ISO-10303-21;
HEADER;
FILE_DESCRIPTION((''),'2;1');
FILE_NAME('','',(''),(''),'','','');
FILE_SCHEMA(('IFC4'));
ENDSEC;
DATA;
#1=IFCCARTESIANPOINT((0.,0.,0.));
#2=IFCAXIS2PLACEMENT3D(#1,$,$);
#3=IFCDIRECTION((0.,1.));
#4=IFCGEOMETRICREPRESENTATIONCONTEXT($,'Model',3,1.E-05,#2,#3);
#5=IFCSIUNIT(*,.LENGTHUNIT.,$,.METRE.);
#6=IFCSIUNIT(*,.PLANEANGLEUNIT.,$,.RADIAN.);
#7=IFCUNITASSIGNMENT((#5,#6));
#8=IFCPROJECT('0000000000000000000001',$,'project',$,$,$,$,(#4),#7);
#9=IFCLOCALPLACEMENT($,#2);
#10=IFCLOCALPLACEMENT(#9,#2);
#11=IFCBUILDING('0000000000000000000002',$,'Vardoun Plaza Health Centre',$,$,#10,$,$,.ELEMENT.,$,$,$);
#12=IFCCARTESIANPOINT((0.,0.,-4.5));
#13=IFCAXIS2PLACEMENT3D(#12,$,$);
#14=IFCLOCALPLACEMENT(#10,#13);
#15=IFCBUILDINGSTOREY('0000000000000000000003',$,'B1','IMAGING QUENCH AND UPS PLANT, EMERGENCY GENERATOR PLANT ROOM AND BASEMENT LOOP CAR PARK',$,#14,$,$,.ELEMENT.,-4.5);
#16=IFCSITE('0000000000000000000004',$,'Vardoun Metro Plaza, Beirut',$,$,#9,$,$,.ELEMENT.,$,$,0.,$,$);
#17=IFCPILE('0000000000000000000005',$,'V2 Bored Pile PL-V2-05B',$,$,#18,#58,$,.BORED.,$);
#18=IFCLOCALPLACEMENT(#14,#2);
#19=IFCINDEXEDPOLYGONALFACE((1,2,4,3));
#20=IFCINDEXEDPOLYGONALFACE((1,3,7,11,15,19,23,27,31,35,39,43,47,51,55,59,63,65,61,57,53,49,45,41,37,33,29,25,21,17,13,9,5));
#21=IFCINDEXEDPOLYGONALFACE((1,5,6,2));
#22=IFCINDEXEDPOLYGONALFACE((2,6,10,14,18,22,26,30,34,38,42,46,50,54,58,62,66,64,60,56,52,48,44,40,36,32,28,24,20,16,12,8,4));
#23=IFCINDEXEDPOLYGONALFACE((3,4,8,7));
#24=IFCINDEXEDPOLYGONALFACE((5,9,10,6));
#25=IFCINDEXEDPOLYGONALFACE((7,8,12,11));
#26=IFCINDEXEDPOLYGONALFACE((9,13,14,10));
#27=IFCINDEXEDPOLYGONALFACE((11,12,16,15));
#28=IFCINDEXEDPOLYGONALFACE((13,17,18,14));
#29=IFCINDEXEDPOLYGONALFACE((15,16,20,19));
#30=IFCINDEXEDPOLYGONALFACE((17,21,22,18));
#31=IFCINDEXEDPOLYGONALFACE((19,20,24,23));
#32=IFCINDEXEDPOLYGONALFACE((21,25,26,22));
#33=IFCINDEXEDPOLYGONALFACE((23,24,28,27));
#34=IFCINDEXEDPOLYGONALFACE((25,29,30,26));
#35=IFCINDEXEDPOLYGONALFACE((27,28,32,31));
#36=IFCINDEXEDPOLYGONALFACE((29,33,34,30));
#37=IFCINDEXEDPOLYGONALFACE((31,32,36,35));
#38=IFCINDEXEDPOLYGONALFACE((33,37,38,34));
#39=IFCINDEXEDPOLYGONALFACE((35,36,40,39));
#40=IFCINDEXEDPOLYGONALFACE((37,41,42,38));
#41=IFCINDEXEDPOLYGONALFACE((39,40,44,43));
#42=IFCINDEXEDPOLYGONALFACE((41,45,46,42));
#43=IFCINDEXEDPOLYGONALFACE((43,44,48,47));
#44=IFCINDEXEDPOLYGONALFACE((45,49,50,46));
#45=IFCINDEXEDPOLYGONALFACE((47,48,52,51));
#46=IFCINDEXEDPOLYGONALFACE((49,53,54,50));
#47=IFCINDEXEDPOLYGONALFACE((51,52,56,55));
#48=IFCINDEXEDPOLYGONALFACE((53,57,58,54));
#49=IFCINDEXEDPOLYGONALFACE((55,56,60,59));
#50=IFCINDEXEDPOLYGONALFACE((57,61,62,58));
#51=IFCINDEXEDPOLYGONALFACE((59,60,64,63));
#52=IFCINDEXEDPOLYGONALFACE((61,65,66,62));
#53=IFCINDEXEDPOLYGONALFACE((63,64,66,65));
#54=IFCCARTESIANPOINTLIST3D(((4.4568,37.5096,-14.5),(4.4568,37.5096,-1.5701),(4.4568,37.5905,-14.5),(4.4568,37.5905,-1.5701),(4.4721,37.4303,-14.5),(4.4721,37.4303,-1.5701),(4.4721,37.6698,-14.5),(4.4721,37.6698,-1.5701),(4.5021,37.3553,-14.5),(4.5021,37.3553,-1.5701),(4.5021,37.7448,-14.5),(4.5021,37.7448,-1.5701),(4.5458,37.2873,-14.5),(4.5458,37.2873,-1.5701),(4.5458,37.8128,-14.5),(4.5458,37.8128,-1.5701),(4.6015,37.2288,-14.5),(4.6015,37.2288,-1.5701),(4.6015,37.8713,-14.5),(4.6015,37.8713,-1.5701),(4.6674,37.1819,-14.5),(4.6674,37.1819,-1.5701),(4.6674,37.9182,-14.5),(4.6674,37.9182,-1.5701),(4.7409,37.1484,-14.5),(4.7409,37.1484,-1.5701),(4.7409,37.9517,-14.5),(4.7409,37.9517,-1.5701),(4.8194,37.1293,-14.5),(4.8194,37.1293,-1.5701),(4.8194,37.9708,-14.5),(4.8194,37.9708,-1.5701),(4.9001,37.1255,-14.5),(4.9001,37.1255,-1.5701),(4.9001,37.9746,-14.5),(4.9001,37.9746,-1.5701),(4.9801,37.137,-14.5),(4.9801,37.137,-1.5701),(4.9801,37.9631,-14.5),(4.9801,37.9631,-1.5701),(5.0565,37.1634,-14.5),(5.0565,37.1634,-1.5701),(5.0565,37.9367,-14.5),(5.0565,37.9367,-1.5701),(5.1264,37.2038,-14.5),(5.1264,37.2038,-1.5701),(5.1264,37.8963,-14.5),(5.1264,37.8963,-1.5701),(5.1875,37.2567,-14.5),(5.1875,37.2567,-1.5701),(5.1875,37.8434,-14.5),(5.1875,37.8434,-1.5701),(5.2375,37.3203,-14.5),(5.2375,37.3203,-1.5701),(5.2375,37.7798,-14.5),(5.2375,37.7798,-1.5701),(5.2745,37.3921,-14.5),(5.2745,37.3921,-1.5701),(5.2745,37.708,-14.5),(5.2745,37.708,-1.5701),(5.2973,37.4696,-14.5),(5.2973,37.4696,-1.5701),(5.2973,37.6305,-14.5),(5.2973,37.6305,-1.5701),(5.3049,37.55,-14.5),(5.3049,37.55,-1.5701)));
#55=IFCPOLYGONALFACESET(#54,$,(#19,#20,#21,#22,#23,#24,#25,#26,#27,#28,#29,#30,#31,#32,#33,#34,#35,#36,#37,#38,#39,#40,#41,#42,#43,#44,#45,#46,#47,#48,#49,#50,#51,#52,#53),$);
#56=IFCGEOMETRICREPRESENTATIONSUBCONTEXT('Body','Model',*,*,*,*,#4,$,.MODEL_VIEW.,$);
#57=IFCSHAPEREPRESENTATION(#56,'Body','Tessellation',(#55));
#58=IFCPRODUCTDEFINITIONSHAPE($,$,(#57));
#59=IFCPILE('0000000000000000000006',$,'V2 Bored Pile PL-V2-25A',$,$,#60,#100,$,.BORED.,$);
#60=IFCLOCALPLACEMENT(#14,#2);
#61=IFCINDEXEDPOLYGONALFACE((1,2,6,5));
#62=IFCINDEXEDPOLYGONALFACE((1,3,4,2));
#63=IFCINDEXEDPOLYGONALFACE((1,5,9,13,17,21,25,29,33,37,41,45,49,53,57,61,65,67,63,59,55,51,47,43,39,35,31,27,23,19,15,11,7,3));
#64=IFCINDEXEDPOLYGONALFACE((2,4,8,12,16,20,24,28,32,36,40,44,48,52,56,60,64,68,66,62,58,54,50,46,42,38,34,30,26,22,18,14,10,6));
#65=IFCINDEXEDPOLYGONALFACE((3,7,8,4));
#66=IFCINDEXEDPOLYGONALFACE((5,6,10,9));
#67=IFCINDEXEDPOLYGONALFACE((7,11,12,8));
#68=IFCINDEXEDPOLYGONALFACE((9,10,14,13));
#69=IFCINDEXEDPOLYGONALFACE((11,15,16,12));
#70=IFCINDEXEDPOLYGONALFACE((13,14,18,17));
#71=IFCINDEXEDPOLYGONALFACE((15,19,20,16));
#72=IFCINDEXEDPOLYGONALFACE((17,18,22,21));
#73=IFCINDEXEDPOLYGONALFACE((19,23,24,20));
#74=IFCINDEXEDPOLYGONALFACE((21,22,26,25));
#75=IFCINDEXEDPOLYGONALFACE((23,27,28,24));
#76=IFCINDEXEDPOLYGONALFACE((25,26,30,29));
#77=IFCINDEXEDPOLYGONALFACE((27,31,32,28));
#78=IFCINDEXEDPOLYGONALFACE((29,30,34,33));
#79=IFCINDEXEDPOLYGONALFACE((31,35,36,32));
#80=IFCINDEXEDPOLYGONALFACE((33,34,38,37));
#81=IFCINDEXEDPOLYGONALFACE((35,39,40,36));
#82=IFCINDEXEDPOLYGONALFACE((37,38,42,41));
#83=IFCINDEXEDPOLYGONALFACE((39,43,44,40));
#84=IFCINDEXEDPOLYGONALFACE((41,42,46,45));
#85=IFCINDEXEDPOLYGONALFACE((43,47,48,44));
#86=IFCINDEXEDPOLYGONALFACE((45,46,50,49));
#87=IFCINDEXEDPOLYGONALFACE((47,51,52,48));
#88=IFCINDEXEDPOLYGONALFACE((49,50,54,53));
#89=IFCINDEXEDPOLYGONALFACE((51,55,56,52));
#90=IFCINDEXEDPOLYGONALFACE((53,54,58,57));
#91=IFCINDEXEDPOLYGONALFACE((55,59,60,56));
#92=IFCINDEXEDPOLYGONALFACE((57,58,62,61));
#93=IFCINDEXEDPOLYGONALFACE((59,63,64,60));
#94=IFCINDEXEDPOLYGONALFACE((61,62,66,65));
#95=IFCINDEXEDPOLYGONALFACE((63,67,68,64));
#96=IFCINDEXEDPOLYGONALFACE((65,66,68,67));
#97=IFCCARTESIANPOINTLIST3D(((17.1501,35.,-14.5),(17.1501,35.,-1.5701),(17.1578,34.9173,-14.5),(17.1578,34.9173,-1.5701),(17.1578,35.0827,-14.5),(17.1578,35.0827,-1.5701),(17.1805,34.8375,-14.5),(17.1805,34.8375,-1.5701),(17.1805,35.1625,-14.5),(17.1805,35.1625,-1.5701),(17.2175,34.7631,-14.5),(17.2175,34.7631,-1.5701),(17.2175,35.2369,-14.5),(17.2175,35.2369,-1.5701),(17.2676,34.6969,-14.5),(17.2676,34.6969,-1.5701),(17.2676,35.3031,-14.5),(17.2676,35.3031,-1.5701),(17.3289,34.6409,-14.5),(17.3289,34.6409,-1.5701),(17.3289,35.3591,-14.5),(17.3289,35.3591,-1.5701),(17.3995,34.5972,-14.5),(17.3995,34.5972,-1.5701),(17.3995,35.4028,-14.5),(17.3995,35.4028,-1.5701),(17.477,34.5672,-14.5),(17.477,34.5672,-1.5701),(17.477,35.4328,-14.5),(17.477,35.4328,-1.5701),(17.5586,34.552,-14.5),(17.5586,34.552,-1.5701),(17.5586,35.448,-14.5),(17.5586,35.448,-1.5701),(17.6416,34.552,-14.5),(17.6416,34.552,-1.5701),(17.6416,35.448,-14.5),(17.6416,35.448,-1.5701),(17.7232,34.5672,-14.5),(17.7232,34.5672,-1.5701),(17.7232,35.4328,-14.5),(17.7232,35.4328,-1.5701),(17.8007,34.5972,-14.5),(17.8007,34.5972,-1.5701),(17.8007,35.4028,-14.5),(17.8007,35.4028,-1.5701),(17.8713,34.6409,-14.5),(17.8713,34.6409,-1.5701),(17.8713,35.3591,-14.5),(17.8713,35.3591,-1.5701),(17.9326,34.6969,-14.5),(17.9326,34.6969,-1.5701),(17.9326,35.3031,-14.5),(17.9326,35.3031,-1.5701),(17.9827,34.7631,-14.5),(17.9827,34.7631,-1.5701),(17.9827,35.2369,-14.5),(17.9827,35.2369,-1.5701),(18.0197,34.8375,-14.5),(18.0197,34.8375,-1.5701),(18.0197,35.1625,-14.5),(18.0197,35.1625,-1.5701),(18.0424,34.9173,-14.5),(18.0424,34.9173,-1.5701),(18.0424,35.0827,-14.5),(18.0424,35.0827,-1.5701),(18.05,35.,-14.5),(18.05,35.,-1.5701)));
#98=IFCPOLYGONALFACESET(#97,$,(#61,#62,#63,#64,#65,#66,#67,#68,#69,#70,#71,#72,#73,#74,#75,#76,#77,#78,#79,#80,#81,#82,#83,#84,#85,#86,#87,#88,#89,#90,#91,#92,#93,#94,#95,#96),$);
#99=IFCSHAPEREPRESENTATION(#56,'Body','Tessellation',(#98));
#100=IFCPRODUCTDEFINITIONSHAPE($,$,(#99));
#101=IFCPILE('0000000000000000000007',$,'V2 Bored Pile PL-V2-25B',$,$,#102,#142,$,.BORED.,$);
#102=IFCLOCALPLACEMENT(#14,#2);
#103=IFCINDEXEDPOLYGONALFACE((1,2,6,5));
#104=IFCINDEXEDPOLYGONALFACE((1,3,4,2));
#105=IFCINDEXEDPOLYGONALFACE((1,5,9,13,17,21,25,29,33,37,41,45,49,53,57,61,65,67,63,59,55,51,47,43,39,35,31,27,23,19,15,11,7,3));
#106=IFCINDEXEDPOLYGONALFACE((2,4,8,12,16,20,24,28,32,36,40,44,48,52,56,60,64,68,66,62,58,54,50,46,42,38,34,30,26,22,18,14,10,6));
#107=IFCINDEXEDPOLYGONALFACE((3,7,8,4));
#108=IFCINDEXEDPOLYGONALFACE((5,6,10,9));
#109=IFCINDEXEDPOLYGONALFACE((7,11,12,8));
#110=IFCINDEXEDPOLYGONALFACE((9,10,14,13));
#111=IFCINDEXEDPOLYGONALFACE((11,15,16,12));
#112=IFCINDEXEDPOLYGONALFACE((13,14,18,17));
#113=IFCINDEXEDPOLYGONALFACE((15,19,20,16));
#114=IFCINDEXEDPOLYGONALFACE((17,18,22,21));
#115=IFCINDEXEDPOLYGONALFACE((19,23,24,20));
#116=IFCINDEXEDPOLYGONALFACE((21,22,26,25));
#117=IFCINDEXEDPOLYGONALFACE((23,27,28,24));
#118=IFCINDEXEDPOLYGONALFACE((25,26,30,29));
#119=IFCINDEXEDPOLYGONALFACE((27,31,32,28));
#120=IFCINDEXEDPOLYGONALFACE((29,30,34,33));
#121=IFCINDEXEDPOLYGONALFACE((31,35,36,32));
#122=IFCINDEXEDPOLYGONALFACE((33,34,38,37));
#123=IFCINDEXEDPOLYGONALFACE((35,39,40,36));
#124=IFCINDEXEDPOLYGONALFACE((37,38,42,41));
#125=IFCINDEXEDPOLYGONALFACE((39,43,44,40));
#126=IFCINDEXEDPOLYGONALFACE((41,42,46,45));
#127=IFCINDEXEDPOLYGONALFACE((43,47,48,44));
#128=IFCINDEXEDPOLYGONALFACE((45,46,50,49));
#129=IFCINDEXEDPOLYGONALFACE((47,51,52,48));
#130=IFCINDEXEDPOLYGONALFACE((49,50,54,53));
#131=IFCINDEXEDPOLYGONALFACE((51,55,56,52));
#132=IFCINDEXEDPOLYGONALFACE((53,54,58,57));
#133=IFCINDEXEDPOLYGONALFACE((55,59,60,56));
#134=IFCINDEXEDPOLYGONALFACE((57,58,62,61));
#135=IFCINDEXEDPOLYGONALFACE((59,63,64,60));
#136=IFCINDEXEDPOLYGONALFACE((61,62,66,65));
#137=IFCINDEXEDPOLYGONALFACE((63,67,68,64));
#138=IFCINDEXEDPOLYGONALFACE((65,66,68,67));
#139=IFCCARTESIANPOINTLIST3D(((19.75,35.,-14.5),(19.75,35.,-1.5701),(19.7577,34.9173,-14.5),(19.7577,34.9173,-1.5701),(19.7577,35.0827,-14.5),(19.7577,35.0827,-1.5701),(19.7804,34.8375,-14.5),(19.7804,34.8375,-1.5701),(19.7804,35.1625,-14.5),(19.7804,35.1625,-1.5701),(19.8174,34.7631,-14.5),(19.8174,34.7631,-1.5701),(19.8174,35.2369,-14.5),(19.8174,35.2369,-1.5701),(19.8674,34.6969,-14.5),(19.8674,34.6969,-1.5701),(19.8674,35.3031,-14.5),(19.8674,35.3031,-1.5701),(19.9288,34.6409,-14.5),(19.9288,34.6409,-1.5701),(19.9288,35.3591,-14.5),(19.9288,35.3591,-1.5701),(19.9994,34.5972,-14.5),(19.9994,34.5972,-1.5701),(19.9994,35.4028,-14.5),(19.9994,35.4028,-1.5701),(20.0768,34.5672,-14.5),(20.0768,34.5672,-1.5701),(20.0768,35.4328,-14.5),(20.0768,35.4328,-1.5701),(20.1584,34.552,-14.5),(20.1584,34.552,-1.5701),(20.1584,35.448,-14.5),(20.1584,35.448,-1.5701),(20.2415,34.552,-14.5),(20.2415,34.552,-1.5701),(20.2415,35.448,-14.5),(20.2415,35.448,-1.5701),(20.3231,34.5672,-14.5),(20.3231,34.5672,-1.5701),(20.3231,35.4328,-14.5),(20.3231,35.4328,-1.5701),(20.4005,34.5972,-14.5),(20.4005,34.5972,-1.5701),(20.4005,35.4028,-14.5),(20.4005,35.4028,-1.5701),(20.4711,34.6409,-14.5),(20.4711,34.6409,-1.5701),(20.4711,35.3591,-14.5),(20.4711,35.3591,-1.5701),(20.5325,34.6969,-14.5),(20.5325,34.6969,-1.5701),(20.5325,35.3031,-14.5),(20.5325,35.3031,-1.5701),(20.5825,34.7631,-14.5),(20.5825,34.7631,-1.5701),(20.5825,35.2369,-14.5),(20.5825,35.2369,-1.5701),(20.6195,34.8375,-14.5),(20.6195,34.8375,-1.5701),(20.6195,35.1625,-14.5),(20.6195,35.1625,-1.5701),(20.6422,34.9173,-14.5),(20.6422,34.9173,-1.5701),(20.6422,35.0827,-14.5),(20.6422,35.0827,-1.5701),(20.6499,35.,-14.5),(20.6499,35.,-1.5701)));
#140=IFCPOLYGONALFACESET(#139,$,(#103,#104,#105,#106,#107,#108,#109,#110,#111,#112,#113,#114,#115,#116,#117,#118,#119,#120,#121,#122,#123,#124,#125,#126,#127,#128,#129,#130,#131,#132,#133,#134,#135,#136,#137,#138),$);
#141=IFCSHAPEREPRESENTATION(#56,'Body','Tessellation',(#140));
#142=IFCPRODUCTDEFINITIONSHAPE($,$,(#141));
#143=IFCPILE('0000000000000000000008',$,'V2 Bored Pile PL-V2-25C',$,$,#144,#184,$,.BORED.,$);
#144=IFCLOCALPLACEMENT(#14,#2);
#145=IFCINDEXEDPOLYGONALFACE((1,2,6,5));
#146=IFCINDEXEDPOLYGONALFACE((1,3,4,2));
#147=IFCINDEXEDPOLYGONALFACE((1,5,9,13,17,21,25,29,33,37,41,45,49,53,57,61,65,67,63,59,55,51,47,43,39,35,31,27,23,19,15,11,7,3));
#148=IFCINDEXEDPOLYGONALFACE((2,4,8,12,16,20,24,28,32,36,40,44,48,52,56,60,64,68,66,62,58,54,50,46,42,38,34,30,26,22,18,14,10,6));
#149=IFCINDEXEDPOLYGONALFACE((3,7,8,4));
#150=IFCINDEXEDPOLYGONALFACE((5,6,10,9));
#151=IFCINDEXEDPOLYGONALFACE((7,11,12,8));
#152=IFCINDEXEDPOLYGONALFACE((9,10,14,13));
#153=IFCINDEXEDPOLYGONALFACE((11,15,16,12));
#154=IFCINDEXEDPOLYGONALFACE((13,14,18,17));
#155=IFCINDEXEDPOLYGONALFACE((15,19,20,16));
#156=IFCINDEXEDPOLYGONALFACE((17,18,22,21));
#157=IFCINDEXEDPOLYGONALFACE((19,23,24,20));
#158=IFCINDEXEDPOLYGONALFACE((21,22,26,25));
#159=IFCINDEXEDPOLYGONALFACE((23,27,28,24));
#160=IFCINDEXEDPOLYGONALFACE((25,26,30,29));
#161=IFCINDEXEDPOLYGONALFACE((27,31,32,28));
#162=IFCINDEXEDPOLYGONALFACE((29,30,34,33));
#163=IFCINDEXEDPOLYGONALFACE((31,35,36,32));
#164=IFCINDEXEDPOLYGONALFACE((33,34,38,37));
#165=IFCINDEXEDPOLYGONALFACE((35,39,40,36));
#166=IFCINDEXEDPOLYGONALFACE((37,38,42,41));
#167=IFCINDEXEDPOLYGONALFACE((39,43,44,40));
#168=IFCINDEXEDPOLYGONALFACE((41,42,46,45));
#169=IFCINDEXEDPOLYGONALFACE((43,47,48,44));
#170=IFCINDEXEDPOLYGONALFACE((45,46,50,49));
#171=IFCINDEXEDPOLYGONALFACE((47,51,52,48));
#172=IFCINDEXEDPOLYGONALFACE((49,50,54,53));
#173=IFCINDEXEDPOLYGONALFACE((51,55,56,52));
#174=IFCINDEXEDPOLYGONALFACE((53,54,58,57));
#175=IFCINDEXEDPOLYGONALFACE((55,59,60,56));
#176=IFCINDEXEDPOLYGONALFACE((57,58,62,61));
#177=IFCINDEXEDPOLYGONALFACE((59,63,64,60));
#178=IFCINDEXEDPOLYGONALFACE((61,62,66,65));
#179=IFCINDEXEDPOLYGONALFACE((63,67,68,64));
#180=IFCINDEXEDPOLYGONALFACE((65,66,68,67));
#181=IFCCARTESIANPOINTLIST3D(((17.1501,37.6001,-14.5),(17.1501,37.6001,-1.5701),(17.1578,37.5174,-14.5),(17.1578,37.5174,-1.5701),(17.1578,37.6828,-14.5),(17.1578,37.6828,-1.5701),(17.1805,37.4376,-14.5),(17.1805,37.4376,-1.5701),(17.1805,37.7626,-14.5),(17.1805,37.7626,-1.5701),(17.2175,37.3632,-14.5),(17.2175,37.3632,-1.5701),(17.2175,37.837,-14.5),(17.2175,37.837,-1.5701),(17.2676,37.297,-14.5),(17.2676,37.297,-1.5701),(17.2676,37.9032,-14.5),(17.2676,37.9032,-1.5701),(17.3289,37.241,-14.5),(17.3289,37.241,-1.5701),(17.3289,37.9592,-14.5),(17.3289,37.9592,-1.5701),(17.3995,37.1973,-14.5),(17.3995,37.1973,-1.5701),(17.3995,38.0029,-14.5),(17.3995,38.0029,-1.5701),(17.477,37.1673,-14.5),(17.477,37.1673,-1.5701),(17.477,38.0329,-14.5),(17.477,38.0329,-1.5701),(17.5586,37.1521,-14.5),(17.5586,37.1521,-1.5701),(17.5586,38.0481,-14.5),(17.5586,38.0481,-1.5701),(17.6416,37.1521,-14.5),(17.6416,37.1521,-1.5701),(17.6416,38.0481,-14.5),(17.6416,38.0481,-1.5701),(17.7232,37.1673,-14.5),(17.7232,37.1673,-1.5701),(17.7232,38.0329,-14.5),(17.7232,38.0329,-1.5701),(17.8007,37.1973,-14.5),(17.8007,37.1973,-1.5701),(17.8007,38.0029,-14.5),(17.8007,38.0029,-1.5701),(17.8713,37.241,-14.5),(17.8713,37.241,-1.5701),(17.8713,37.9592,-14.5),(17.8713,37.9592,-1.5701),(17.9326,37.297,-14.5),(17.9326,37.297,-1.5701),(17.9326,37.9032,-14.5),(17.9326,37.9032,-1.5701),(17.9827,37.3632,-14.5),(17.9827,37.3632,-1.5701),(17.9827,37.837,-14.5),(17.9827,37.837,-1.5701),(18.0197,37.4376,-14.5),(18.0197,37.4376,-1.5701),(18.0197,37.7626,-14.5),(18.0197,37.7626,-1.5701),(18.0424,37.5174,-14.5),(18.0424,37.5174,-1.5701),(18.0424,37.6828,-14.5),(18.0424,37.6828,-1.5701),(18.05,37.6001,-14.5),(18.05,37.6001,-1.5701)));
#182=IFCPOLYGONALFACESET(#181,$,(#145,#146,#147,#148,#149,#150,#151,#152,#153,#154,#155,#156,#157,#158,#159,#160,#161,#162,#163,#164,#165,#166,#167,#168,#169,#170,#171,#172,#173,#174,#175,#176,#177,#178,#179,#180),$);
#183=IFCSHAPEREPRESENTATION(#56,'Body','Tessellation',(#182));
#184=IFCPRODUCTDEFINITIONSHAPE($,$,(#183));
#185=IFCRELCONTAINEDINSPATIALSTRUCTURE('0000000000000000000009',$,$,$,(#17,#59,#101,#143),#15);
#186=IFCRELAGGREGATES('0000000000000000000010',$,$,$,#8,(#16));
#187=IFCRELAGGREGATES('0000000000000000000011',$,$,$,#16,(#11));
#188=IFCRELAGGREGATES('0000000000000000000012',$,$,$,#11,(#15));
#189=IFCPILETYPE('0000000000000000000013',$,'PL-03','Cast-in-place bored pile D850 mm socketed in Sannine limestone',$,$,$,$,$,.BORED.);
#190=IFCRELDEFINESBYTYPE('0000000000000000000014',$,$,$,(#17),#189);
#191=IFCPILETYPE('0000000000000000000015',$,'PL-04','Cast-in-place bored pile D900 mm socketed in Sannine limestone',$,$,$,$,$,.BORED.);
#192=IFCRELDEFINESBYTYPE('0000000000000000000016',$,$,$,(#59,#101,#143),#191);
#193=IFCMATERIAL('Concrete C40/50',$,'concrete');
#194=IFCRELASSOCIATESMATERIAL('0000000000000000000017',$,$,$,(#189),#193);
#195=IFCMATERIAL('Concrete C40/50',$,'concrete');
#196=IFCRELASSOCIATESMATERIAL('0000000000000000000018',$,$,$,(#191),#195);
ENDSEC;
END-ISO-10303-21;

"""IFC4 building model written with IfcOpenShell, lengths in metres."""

from ifc_helpers import new_model, si_unit, direction, frame, origin, origin_2d, place, context, subcontext, project, spatial, circle, extrude, material, material_profile, profile_set, type_object, element, save


model = new_model("IFC4")

# Units and contexts
model_context = context("Model", 3, precision=1e-05, world=origin(), true_north=direction((0.0, 1.0)))
body_context = subcontext(model_context, "Body", "Model", "MODEL_VIEW")
ifc_project = project(units=[si_unit("LENGTHUNIT", "METRE"), si_unit("PLANEANGLEUNIT", "RADIAN")], contexts=[model_context])

# Site, building, storey
site_placement = place(None, origin())
site = spatial("IfcSite", under=ifc_project, at=site_placement, Name="Vardoun Metro Plaza, Beirut", CompositionType="ELEMENT", RefElevation=0.0)
building_placement = place(site_placement, origin())
building = spatial("IfcBuilding", under=site, at=building_placement, Name="Vardoun Plaza Health Centre", CompositionType="ELEMENT")
storey_placement = place(building_placement, frame((0.0, 0.0, -4.5)))
storey = spatial("IfcBuildingStorey", under=building, at=storey_placement, Name="B1", Description="IMAGING QUENCH AND UPS PLANT, EMERGENCY GENERATOR PLANT ROOM AND BASEMENT LOOP CAR PARK", CompositionType="ELEMENT", Elevation=-4.5)

# Piles
ifc_material_1 = material(Name="Concrete C40/50", Category="concrete")
ifc_material_profile_1 = material_profile(ifc_material_1, circle(Radius=0.425, at=origin_2d()), Name="PILE D850")
ifc_profile_set_1 = profile_set([ifc_material_profile_1], Name="Concrete C40/50")
pile_type_1 = type_object("IfcPileType", Name="PL-03", Description="Cast-in-place bored pile D850 mm socketed in Sannine limestone", PredefinedType="BORED", material=ifc_profile_set_1)
for number, where, z_axis, x_axis, name in (
    (1, (4.8799, 37.55, -1.5701), (0.0, 0.0, -1.0), (1.0, 0.0, 0.0), "V2 Bored Pile PL-V2-05B"),
):
    element("IfcPile", number, at=place(storey_placement, frame(where, z_axis=z_axis, x_axis=x_axis)), inside=storey, type_object=pile_type_1, Name=name, PredefinedType="BORED", context=body_context, shape_type="SweptSolid", body=[
        extrude(circle(Radius=0.425, at=origin_2d()), origin(), (0.0, 0.0, 1.0), 12.9299),
    ])
ifc_material_2 = material(Name="Concrete C40/50", Category="concrete")
ifc_material_profile_2 = material_profile(ifc_material_2, circle(Radius=0.45, at=origin_2d()), Name="PILE D900")
ifc_profile_set_2 = profile_set([ifc_material_profile_2], Name="Concrete C40/50")
pile_type_2 = type_object("IfcPileType", Name="PL-04", Description="Cast-in-place bored pile D900 mm socketed in Sannine limestone", PredefinedType="BORED", material=ifc_profile_set_2)
for number, where, z_axis, x_axis, name in (
    (2, (17.6001, 35.0, -1.5701), (0.0, 0.0, -1.0), (1.0, 0.0, 0.0), "V2 Bored Pile PL-V2-25A"),
    (3, (20.2, 35.0, -1.5701), (0.0, 0.0, -1.0), (1.0, 0.0, 0.0), "V2 Bored Pile PL-V2-25B"),
    (4, (17.6001, 37.6001, -1.5701), (0.0, 0.0, -1.0), (1.0, 0.0, 0.0), "V2 Bored Pile PL-V2-25C"),
):
    element("IfcPile", number, at=place(storey_placement, frame(where, z_axis=z_axis, x_axis=x_axis)), inside=storey, type_object=pile_type_2, Name=name, PredefinedType="BORED", context=body_context, shape_type="SweptSolid", body=[
        extrude(circle(Radius=0.45, at=origin_2d()), origin(), (0.0, 0.0, 1.0), 12.9299),
    ])

save(model, "model.ifc")
